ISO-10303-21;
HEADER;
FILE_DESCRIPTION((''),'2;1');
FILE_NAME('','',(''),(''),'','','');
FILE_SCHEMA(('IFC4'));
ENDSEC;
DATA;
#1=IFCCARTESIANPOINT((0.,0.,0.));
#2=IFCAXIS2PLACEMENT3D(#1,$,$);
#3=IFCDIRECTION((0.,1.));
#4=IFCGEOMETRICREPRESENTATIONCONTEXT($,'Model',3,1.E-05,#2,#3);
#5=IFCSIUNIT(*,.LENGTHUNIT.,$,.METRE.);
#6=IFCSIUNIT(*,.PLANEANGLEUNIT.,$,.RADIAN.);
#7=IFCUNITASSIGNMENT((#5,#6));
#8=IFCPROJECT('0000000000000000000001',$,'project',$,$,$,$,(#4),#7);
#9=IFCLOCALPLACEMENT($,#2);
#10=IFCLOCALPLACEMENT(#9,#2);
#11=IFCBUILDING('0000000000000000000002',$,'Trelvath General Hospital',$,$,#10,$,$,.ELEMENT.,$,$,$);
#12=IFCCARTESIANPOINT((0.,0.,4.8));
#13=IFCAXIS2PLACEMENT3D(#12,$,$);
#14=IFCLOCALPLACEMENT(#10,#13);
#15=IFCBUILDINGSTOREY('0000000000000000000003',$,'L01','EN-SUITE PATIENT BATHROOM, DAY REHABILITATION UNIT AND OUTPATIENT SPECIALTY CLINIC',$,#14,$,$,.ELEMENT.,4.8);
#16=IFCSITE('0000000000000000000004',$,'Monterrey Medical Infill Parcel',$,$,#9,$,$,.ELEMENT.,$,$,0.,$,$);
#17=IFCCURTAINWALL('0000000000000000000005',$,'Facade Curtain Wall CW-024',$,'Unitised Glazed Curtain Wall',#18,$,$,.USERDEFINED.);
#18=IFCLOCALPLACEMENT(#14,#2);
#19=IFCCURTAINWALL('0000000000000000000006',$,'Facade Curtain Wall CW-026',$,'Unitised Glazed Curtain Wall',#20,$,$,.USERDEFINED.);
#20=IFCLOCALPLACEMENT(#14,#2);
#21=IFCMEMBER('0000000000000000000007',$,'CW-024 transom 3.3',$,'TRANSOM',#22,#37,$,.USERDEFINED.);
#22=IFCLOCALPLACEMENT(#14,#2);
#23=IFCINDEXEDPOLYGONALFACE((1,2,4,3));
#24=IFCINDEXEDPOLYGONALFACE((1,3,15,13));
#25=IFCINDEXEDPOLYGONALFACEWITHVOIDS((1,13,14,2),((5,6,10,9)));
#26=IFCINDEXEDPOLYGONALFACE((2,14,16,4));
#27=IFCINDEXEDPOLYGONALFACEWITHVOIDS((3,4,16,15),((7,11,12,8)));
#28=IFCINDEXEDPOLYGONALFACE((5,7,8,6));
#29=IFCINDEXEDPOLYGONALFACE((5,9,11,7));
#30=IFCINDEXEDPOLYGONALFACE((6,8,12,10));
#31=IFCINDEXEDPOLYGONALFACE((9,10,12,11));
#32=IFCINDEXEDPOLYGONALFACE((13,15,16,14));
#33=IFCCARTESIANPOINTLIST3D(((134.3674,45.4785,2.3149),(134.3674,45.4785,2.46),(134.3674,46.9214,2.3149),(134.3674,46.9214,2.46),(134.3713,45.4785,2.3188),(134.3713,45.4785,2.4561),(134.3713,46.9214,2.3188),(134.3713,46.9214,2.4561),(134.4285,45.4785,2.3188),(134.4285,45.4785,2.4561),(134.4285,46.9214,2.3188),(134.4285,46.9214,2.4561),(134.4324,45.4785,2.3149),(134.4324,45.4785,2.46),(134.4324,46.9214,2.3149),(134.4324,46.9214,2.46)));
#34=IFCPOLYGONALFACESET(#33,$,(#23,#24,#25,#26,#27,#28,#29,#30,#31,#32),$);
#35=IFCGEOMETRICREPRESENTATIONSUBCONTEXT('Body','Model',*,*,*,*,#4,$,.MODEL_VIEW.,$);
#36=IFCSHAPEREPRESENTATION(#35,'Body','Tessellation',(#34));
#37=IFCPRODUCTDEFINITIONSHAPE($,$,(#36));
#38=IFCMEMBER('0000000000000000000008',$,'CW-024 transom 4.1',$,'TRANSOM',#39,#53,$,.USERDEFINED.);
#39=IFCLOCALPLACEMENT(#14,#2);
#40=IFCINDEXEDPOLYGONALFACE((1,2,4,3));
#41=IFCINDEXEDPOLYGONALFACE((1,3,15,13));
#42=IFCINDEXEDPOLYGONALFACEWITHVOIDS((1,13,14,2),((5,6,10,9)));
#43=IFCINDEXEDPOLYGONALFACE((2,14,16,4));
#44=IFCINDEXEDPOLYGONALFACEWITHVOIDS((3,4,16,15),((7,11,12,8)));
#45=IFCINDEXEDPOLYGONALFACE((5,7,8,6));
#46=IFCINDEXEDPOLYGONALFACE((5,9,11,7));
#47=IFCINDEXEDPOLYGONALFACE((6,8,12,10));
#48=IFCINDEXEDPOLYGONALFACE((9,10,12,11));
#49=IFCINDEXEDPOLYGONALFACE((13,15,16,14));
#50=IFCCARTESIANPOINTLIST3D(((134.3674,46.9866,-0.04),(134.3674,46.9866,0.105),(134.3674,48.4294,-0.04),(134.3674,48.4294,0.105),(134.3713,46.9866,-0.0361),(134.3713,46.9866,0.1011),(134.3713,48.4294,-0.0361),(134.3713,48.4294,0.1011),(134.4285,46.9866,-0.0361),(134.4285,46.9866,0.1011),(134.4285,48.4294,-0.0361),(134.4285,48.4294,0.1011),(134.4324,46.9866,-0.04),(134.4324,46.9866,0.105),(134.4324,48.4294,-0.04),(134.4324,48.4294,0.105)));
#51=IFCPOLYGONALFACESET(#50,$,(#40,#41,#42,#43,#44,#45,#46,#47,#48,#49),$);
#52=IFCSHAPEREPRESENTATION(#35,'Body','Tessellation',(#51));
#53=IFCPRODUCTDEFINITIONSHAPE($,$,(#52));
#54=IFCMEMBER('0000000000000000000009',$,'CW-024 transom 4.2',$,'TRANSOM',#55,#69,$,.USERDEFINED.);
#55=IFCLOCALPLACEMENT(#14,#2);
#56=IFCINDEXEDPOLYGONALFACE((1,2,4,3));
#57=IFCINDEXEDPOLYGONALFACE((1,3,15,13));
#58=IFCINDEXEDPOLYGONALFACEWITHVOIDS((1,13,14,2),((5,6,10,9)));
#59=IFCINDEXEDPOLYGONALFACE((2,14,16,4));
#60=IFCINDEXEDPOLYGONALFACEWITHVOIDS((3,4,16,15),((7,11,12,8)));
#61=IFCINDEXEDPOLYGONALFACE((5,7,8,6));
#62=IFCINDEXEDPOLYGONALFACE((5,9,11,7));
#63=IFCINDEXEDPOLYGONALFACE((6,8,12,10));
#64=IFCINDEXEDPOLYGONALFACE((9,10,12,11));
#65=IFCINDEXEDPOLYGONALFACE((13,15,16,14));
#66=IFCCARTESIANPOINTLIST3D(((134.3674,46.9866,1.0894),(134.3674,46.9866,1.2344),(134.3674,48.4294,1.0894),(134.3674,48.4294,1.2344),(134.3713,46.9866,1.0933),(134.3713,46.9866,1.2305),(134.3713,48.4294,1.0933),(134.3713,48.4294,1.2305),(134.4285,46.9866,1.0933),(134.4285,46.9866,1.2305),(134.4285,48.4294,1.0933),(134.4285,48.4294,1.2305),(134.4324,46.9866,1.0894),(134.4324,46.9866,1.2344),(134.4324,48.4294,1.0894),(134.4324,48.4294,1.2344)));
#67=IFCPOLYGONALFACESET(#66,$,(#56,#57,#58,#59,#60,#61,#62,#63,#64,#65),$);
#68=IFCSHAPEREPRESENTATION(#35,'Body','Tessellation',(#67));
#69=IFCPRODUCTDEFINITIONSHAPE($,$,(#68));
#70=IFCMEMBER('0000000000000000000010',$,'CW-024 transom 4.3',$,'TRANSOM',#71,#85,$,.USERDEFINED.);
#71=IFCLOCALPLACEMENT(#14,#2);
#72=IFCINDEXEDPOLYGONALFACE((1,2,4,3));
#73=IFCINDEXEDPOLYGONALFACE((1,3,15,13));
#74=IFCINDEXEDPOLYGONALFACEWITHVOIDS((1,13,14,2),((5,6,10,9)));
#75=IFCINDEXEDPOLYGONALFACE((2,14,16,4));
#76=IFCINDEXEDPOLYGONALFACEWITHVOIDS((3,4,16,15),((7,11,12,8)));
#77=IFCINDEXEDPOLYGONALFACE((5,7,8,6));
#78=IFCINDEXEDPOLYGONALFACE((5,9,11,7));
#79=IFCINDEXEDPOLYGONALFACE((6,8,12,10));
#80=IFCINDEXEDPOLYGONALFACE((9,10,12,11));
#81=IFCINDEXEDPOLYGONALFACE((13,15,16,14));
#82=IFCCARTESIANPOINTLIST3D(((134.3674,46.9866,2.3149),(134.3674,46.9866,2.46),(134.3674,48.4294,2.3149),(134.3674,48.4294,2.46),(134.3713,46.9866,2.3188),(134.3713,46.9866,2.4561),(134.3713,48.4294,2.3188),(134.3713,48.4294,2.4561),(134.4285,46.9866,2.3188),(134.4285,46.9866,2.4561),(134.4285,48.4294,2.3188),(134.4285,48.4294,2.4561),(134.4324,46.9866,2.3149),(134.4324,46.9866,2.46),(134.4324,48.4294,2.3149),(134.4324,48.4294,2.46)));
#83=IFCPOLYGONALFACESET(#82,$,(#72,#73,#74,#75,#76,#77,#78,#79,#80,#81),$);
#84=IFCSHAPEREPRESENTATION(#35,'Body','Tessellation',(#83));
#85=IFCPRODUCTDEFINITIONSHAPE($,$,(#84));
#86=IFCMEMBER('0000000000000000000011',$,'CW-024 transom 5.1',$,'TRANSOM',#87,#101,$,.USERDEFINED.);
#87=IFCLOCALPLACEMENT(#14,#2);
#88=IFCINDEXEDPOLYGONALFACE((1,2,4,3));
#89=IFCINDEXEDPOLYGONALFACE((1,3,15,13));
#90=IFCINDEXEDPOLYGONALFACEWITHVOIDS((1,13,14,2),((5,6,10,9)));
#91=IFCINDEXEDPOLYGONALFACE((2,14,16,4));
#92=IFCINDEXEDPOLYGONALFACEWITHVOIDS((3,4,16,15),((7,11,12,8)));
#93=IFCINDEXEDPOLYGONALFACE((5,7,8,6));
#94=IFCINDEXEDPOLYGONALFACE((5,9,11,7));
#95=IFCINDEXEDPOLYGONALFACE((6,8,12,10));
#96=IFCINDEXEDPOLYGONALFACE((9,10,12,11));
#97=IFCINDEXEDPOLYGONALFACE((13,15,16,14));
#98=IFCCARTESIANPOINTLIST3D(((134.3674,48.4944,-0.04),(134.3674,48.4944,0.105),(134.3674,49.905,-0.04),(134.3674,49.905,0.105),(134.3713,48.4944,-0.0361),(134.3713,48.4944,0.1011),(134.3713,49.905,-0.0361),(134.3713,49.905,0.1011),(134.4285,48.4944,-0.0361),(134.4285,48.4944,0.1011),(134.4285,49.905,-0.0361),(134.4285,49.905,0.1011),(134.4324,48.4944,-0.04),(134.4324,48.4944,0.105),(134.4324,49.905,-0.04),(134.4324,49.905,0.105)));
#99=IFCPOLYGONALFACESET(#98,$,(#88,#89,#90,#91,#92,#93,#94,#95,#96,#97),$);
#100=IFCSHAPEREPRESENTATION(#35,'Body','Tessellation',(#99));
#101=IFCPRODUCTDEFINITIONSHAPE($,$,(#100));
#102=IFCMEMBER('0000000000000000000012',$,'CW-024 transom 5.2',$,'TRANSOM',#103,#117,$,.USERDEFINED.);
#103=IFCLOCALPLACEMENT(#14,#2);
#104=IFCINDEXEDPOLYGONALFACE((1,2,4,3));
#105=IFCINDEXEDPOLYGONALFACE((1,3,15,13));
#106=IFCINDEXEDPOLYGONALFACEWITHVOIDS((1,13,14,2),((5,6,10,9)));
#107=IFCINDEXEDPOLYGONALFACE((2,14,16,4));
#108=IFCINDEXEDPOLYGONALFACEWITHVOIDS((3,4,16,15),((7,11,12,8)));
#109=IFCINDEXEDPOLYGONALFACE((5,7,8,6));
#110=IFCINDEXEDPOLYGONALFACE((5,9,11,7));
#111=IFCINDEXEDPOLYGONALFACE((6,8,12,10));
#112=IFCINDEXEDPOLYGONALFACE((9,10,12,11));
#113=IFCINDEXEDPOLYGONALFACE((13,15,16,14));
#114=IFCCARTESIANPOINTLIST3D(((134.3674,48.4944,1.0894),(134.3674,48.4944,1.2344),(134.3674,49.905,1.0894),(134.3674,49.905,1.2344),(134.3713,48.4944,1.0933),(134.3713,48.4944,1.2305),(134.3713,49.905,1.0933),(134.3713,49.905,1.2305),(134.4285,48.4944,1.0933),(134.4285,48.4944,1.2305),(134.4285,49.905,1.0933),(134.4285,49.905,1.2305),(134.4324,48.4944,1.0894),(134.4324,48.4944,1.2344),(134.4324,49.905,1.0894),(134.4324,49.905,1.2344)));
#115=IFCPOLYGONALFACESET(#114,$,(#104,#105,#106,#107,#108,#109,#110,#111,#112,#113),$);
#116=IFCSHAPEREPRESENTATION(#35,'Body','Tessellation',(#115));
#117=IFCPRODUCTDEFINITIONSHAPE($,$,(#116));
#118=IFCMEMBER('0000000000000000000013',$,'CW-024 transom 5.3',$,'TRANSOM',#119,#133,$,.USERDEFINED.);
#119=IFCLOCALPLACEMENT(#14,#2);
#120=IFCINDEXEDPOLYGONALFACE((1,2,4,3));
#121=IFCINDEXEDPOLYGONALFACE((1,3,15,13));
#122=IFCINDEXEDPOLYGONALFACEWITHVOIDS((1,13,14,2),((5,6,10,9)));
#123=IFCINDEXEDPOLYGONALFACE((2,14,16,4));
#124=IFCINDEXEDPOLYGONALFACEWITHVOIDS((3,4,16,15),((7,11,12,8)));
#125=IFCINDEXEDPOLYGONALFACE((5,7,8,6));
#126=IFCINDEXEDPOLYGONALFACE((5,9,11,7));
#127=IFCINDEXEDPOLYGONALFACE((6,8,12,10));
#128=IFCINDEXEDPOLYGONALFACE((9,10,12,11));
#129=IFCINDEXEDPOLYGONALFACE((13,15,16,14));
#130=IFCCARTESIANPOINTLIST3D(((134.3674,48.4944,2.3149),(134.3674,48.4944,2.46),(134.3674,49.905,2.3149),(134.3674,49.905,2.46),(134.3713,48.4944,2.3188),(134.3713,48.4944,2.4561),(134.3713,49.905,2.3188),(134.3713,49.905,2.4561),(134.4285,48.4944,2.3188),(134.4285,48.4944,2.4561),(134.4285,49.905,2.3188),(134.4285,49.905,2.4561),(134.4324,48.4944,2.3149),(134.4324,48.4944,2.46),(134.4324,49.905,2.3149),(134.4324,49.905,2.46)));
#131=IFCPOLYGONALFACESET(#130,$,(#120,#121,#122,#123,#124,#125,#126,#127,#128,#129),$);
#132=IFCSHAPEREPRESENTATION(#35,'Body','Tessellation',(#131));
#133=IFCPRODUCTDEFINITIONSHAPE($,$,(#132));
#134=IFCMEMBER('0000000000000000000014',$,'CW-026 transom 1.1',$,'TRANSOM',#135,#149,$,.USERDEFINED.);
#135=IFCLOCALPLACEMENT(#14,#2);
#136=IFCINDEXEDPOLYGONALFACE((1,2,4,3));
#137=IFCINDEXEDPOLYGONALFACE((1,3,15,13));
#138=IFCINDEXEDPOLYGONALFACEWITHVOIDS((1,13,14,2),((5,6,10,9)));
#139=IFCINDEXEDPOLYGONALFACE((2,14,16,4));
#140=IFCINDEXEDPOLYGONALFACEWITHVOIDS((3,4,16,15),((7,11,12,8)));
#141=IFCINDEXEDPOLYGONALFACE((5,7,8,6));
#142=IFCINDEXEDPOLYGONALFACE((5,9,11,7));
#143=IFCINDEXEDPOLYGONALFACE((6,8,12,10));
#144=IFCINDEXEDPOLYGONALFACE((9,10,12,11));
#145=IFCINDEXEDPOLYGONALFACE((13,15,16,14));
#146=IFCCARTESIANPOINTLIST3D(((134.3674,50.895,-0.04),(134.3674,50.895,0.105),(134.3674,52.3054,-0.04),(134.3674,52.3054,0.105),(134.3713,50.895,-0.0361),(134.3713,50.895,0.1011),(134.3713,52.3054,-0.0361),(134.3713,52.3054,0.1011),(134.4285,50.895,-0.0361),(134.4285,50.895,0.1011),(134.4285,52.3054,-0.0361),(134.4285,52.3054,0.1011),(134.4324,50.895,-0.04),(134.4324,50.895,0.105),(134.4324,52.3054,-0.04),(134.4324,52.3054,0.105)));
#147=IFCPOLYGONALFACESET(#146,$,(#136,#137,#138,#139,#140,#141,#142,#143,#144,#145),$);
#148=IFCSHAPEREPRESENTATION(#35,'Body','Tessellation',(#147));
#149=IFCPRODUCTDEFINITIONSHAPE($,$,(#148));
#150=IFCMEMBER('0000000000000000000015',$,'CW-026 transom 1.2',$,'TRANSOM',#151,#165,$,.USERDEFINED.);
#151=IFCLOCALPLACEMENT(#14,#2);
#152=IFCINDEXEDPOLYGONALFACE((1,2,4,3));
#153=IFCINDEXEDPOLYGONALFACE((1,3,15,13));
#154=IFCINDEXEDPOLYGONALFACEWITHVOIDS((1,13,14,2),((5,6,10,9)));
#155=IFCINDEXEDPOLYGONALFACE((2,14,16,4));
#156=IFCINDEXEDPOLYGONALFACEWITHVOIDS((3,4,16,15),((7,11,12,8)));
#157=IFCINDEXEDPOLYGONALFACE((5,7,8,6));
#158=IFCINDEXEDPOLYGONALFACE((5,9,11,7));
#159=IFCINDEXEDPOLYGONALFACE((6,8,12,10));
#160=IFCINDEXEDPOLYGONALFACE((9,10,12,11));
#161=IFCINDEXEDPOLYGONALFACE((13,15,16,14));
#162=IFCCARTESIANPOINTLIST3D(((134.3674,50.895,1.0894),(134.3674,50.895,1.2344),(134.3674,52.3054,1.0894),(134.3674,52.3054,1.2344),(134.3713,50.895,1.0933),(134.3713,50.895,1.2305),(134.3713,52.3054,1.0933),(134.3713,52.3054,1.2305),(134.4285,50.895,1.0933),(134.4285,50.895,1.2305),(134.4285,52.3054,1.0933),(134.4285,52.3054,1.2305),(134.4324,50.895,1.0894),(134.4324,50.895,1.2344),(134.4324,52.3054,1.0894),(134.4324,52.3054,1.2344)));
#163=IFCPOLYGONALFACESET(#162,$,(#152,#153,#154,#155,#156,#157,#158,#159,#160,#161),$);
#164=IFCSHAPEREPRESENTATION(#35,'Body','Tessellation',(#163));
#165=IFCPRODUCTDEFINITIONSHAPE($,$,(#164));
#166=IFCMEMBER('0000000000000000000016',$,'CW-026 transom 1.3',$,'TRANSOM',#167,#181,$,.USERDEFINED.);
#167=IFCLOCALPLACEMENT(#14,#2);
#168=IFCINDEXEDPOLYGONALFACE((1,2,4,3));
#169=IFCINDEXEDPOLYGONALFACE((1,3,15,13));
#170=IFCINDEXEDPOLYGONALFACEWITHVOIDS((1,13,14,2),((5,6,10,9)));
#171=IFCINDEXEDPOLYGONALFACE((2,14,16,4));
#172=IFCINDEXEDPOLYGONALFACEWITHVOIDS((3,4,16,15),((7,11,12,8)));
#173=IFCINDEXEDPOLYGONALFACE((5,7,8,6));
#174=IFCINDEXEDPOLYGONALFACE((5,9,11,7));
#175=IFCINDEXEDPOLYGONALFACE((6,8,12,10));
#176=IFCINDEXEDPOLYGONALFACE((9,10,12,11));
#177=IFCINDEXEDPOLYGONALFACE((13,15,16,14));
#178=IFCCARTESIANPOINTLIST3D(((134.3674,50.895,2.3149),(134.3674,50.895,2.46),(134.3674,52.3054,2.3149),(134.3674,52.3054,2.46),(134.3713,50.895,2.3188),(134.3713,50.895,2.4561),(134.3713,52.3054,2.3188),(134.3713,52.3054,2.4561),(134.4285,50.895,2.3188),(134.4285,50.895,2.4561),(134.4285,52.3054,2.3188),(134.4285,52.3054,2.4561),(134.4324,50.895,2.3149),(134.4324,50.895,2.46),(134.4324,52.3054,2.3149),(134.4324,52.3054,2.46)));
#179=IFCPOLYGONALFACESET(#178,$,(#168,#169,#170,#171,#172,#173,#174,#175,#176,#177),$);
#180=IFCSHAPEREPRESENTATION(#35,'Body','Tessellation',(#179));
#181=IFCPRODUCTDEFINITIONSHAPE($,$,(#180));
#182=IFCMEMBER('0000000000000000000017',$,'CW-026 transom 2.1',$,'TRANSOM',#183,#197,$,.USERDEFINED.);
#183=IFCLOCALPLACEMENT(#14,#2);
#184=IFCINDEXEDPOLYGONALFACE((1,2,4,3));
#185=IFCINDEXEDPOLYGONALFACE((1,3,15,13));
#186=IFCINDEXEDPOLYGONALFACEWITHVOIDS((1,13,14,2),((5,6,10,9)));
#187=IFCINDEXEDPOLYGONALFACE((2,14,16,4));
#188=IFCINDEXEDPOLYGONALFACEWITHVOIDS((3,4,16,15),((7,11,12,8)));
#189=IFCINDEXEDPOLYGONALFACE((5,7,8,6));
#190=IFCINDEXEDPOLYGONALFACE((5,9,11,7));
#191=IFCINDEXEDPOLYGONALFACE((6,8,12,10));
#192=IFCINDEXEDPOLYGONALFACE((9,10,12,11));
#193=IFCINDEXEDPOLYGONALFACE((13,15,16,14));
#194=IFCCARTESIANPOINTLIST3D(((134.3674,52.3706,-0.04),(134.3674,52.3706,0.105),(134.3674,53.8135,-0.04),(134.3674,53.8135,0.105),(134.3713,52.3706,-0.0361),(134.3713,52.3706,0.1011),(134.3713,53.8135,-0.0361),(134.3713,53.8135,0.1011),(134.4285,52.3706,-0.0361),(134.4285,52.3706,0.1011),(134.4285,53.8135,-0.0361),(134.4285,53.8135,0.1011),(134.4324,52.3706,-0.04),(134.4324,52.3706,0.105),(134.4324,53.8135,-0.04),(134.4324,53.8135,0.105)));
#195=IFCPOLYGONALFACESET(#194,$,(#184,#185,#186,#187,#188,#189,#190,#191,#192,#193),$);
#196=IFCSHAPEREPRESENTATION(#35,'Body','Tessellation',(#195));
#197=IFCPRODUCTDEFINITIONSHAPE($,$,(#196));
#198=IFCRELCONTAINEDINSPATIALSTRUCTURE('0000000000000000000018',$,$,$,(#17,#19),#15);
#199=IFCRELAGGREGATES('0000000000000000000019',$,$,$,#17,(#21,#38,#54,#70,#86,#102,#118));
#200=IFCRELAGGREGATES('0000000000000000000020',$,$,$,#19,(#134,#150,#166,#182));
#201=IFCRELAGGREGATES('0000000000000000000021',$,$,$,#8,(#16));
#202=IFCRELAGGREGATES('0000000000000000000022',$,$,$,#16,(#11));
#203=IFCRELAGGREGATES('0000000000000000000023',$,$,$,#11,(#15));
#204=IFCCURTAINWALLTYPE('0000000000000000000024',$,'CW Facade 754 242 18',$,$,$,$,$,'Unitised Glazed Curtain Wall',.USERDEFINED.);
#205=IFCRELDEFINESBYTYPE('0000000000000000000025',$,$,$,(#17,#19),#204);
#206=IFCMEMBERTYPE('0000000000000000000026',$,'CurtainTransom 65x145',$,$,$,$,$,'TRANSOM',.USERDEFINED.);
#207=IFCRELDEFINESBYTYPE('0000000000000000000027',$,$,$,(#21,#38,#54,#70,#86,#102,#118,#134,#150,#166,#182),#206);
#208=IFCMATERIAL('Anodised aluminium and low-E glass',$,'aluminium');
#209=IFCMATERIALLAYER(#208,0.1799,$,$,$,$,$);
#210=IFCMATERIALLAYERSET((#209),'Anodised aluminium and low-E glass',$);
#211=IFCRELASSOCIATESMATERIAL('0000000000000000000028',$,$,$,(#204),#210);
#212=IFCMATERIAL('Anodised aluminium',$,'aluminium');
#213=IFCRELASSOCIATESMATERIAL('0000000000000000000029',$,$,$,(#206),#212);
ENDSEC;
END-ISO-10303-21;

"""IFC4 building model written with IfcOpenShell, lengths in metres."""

from ifc_helpers import new_model, si_unit, direction, frame, origin, origin_2d, place, context, subcontext, project, spatial, hollow_rectangle, extrude, material, layer, layer_set, material_profile, profile_set, type_object, element, aggregate, save


model = new_model("IFC4")

# Units and contexts
model_context = context("Model", 3, precision=1e-05, world=origin(), true_north=direction((0.0, 1.0)))
body_context = subcontext(model_context, "Body", "Model", "MODEL_VIEW")
ifc_project = project(units=[si_unit("LENGTHUNIT", "METRE"), si_unit("PLANEANGLEUNIT", "RADIAN")], contexts=[model_context])

# Site, building, storey
site_placement = place(None, origin())
site = spatial("IfcSite", under=ifc_project, at=site_placement, Name="Monterrey Medical Infill Parcel", CompositionType="ELEMENT", RefElevation=0.0)
building_placement = place(site_placement, origin())
building = spatial("IfcBuilding", under=site, at=building_placement, Name="Trelvath General Hospital", CompositionType="ELEMENT")
storey_placement = place(building_placement, frame((0.0, 0.0, 4.8)))
storey = spatial("IfcBuildingStorey", under=building, at=storey_placement, Name="L01", Description="EN-SUITE PATIENT BATHROOM, DAY REHABILITATION UNIT AND OUTPATIENT SPECIALTY CLINIC", CompositionType="ELEMENT", Elevation=4.8)

# Curtain walls
ifc_material_1 = material(Name="Anodised aluminium and low-E glass", Category="aluminium")
ifc_layer_1 = layer(ifc_material_1, 0.1799)
ifc_layer_set_1 = layer_set([ifc_layer_1], Name="Anodised aluminium and low-E glass")
curtain_wall_type = type_object("IfcCurtainWallType", Name="CW Facade 754 242 18", ElementType="Unitised Glazed Curtain Wall", PredefinedType="USERDEFINED", material=ifc_layer_set_1)
curtain_wall_1_placement = place(storey_placement, origin())
curtain_wall_1 = element("IfcCurtainWall", 1, at=curtain_wall_1_placement, inside=storey, type_object=curtain_wall_type, Name="Facade Curtain Wall CW-024", ObjectType="Unitised Glazed Curtain Wall", PredefinedType="USERDEFINED")
curtain_wall_2_placement = place(storey_placement, origin())
curtain_wall_2 = element("IfcCurtainWall", 2, at=curtain_wall_2_placement, inside=storey, type_object=curtain_wall_type, Name="Facade Curtain Wall CW-026", ObjectType="Unitised Glazed Curtain Wall", PredefinedType="USERDEFINED")

# Members
ifc_material_2 = material(Name="Anodised aluminium", Category="aluminium")
ifc_material_profile_1 = material_profile(ifc_material_2, hollow_rectangle(XDim=0.0649, YDim=0.145, WallThickness=0.0039, at=origin_2d()), Name="RHS65x145x4")
ifc_profile_set_1 = profile_set([ifc_material_profile_1], Name="Anodised aluminium")
member_type_1 = type_object("IfcMemberType", Name="CurtainTransom 65x145", ElementType="TRANSOM", PredefinedType="USERDEFINED", material=ifc_profile_set_1)
member_1_placement = place(storey_placement, frame((134.3999, 45.4785, 2.3875), z_axis=(0.0, 1.0, 0.0), x_axis=(-1.0, 0.0, 0.0)))
member_1 = element("IfcMember", 3, at=member_1_placement, type_object=member_type_1, Name="CW-024 transom 3.3", ObjectType="TRANSOM", PredefinedType="USERDEFINED", context=body_context, shape_type="SweptSolid", body=[
    extrude(hollow_rectangle(XDim=0.0649, YDim=0.145, WallThickness=0.0039, at=origin_2d()), origin(), (0.0, 0.0, 1.0), 1.4429),
])
member_2_placement = place(storey_placement, frame((134.3999, 46.9866, 0.0325), z_axis=(0.0, 1.0, 0.0), x_axis=(-1.0, 0.0, 0.0)))
member_2 = element("IfcMember", 4, at=member_2_placement, type_object=member_type_1, Name="CW-024 transom 4.1", ObjectType="TRANSOM", PredefinedType="USERDEFINED", context=body_context, shape_type="SweptSolid", body=[
    extrude(hollow_rectangle(XDim=0.0649, YDim=0.145, WallThickness=0.0039, at=origin_2d()), origin(), (0.0, 0.0, 1.0), 1.4429),
])
member_3_placement = place(storey_placement, frame((134.3999, 46.9866, 1.1619), z_axis=(0.0, 1.0, 0.0), x_axis=(-1.0, 0.0, 0.0)))
member_3 = element("IfcMember", 5, at=member_3_placement, type_object=member_type_1, Name="CW-024 transom 4.2", ObjectType="TRANSOM", PredefinedType="USERDEFINED", context=body_context, shape_type="SweptSolid", body=[
    extrude(hollow_rectangle(XDim=0.0649, YDim=0.145, WallThickness=0.0039, at=origin_2d()), origin(), (0.0, 0.0, 1.0), 1.4429),
])
member_4_placement = place(storey_placement, frame((134.3999, 46.9866, 2.3875), z_axis=(0.0, 1.0, 0.0), x_axis=(-1.0, 0.0, 0.0)))
member_4 = element("IfcMember", 6, at=member_4_placement, type_object=member_type_1, Name="CW-024 transom 4.3", ObjectType="TRANSOM", PredefinedType="USERDEFINED", context=body_context, shape_type="SweptSolid", body=[
    extrude(hollow_rectangle(XDim=0.0649, YDim=0.145, WallThickness=0.0039, at=origin_2d()), origin(), (0.0, 0.0, 1.0), 1.4429),
])
member_5_placement = place(storey_placement, frame((134.3999, 48.4944, 0.0325), z_axis=(0.0, 1.0, 0.0), x_axis=(-1.0, 0.0, 0.0)))
member_5 = element("IfcMember", 7, at=member_5_placement, type_object=member_type_1, Name="CW-024 transom 5.1", ObjectType="TRANSOM", PredefinedType="USERDEFINED", context=body_context, shape_type="SweptSolid", body=[
    extrude(hollow_rectangle(XDim=0.0649, YDim=0.145, WallThickness=0.0039, at=origin_2d()), origin(), (0.0, 0.0, 1.0), 1.4106),
])
member_6_placement = place(storey_placement, frame((134.3999, 48.4944, 1.1619), z_axis=(0.0, 1.0, 0.0), x_axis=(-1.0, 0.0, 0.0)))
member_6 = element("IfcMember", 8, at=member_6_placement, type_object=member_type_1, Name="CW-024 transom 5.2", ObjectType="TRANSOM", PredefinedType="USERDEFINED", context=body_context, shape_type="SweptSolid", body=[
    extrude(hollow_rectangle(XDim=0.0649, YDim=0.145, WallThickness=0.0039, at=origin_2d()), origin(), (0.0, 0.0, 1.0), 1.4106),
])
member_7_placement = place(storey_placement, frame((134.3999, 48.4944, 2.3875), z_axis=(0.0, 1.0, 0.0), x_axis=(-1.0, 0.0, 0.0)))
member_7 = element("IfcMember", 9, at=member_7_placement, type_object=member_type_1, Name="CW-024 transom 5.3", ObjectType="TRANSOM", PredefinedType="USERDEFINED", context=body_context, shape_type="SweptSolid", body=[
    extrude(hollow_rectangle(XDim=0.0649, YDim=0.145, WallThickness=0.0039, at=origin_2d()), origin(), (0.0, 0.0, 1.0), 1.4106),
])
member_8_placement = place(storey_placement, frame((134.3999, 50.895, 0.0325), z_axis=(0.0, 1.0, 0.0), x_axis=(-1.0, 0.0, 0.0)))
member_8 = element("IfcMember", 10, at=member_8_placement, type_object=member_type_1, Name="CW-026 transom 1.1", ObjectType="TRANSOM", PredefinedType="USERDEFINED", context=body_context, shape_type="SweptSolid", body=[
    extrude(hollow_rectangle(XDim=0.0649, YDim=0.145, WallThickness=0.0039, at=origin_2d()), origin(), (0.0, 0.0, 1.0), 1.4104),
])
member_9_placement = place(storey_placement, frame((134.3999, 50.895, 1.1619), z_axis=(0.0, 1.0, 0.0), x_axis=(-1.0, 0.0, 0.0)))
member_9 = element("IfcMember", 11, at=member_9_placement, type_object=member_type_1, Name="CW-026 transom 1.2", ObjectType="TRANSOM", PredefinedType="USERDEFINED", context=body_context, shape_type="SweptSolid", body=[
    extrude(hollow_rectangle(XDim=0.0649, YDim=0.145, WallThickness=0.0039, at=origin_2d()), origin(), (0.0, 0.0, 1.0), 1.4104),
])
member_10_placement = place(storey_placement, frame((134.3999, 50.895, 2.3875), z_axis=(0.0, 1.0, 0.0), x_axis=(-1.0, 0.0, 0.0)))
member_10 = element("IfcMember", 12, at=member_10_placement, type_object=member_type_1, Name="CW-026 transom 1.3", ObjectType="TRANSOM", PredefinedType="USERDEFINED", context=body_context, shape_type="SweptSolid", body=[
    extrude(hollow_rectangle(XDim=0.0649, YDim=0.145, WallThickness=0.0039, at=origin_2d()), origin(), (0.0, 0.0, 1.0), 1.4104),
])
member_11_placement = place(storey_placement, frame((134.3999, 52.3706, 0.0325), z_axis=(0.0, 1.0, 0.0), x_axis=(-1.0, 0.0, 0.0)))
member_11 = element("IfcMember", 13, at=member_11_placement, type_object=member_type_1, Name="CW-026 transom 2.1", ObjectType="TRANSOM", PredefinedType="USERDEFINED", context=body_context, shape_type="SweptSolid", body=[
    extrude(hollow_rectangle(XDim=0.0649, YDim=0.145, WallThickness=0.0039, at=origin_2d()), origin(), (0.0, 0.0, 1.0), 1.4429),
])

aggregate(curtain_wall_1, [member_1, member_2, member_3, member_4, member_5, member_6, member_7])
aggregate(curtain_wall_2, [member_8, member_9, member_10, member_11])

save(model, "model.ifc")
